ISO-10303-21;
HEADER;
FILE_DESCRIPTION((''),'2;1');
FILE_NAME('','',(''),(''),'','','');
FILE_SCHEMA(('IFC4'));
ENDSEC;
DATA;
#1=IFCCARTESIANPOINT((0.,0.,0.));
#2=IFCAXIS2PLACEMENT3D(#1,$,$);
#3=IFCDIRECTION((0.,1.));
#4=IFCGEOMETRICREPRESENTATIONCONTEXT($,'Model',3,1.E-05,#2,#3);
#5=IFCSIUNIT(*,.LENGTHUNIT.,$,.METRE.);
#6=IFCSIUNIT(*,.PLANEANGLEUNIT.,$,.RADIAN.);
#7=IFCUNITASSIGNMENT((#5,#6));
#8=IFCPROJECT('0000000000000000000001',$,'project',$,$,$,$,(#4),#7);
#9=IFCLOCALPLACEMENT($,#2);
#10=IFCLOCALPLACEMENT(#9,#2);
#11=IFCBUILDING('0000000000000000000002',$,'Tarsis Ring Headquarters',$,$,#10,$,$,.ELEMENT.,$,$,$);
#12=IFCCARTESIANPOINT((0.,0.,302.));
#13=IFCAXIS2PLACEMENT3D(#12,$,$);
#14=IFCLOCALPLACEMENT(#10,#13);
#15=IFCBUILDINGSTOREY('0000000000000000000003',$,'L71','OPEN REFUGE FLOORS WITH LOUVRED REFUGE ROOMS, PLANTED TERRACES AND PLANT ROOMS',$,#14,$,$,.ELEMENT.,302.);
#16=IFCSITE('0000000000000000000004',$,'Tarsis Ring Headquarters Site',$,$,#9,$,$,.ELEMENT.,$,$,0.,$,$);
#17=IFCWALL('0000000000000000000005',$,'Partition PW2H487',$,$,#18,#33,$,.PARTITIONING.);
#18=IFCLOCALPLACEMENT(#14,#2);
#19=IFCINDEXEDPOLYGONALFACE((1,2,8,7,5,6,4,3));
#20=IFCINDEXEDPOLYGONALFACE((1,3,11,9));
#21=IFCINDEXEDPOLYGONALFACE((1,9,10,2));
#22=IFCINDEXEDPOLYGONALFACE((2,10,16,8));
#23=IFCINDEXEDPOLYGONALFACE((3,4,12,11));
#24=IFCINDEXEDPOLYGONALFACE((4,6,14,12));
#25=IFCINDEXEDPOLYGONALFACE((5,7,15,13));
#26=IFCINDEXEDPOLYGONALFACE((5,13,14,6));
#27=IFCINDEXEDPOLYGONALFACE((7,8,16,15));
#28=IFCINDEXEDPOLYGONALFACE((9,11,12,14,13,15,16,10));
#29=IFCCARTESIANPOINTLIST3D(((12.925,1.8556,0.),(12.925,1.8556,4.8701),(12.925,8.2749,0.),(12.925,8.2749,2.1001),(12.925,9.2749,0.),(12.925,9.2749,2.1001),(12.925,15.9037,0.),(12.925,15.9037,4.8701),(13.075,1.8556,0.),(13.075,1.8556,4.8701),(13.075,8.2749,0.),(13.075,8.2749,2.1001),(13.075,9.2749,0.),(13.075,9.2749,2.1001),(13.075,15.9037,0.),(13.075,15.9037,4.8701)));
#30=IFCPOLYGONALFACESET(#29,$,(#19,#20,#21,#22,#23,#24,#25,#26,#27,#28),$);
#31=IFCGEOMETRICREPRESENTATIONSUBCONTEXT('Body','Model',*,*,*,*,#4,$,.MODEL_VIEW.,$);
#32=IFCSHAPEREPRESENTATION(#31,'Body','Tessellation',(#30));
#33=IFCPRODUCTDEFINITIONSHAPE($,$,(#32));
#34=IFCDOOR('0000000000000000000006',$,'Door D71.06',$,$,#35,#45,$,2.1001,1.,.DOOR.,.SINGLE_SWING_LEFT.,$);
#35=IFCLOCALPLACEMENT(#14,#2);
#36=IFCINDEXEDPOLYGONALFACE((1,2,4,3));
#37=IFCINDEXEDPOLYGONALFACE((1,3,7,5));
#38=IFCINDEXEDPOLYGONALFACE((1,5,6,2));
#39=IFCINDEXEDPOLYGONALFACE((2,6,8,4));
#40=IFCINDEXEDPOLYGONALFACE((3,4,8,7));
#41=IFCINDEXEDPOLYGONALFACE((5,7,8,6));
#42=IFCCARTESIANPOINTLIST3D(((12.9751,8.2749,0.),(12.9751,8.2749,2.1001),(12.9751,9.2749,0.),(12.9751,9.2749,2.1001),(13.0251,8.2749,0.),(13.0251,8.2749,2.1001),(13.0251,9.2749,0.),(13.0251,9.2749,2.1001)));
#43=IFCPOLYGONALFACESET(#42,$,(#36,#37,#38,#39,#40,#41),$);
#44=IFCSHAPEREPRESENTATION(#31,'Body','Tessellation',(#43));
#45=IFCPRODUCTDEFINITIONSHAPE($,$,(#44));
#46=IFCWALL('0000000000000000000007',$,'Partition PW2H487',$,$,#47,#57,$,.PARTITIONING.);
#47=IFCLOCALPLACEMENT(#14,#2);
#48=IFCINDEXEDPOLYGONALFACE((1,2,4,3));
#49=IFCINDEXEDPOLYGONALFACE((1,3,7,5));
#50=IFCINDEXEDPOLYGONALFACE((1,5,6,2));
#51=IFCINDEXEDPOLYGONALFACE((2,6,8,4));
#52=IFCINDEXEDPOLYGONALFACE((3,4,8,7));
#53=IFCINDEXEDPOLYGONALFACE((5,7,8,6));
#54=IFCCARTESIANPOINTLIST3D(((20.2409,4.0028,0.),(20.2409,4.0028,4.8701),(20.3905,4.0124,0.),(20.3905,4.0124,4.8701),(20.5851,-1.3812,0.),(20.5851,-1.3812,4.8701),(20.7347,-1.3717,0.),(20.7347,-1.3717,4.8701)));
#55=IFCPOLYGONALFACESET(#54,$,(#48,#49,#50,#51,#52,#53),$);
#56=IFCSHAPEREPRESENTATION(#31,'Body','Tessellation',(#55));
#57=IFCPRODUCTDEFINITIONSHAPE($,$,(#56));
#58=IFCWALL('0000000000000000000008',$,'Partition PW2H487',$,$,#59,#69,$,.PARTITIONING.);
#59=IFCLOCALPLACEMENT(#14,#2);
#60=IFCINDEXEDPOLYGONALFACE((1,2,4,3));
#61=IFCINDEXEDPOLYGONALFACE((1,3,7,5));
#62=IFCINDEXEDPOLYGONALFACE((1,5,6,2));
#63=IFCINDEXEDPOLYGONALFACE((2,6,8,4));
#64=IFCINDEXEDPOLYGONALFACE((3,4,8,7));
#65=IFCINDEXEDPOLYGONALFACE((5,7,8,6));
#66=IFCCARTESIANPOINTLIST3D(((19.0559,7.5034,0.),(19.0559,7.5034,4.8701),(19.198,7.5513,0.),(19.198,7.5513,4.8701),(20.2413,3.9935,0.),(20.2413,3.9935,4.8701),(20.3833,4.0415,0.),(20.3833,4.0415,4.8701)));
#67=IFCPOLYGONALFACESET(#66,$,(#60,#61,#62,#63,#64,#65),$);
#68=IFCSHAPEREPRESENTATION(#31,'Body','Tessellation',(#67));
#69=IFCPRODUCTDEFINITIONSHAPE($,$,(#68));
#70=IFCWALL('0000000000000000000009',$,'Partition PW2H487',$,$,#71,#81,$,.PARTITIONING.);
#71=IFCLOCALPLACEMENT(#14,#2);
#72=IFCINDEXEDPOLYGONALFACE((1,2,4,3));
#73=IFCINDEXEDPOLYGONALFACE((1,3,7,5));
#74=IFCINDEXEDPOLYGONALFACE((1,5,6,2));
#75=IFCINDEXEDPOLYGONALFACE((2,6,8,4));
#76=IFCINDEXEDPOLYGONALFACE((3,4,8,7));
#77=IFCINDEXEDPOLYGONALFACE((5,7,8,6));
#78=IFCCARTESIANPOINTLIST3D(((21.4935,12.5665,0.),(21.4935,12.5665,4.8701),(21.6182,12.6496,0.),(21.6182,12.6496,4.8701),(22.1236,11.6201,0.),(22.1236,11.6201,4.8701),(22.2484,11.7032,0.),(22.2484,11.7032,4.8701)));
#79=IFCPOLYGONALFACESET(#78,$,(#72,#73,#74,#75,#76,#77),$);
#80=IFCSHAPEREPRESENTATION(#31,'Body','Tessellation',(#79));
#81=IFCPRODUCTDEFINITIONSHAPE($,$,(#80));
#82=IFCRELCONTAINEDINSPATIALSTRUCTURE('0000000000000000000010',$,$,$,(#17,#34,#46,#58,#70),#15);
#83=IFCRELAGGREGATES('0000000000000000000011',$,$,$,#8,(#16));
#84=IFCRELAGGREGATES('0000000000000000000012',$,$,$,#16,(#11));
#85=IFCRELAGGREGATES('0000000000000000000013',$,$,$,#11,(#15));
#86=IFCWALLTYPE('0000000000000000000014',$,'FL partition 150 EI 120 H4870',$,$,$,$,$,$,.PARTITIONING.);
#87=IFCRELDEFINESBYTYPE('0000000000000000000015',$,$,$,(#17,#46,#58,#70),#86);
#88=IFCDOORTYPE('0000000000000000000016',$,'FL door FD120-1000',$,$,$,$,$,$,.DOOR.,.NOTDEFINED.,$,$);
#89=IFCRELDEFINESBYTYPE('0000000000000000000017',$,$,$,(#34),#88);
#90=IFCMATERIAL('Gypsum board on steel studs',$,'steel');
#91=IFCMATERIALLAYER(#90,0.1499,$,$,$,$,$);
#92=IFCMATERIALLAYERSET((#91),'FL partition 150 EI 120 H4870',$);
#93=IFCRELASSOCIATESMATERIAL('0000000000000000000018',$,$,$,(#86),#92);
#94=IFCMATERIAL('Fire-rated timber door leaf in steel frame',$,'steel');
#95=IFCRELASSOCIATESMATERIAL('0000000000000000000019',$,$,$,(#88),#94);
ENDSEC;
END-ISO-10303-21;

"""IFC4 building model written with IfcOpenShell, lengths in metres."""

from ifc_helpers import new_model, si_unit, direction, frame, frame_2d, origin, place, context, subcontext, project, spatial, rectangle, extrude, material, layer, layer_set, type_object, element, fill, save


model = new_model("IFC4")

# Units and contexts
model_context = context("Model", 3, precision=1e-05, world=origin(), true_north=direction((0.0, 1.0)))
body_context = subcontext(model_context, "Body", "Model", "MODEL_VIEW")
ifc_project = project(units=[si_unit("LENGTHUNIT", "METRE"), si_unit("PLANEANGLEUNIT", "RADIAN")], contexts=[model_context])

# Site, building, storey
site_placement = place(None, origin())
site = spatial("IfcSite", under=ifc_project, at=site_placement, Name="Tarsis Ring Headquarters Site", CompositionType="ELEMENT", RefElevation=0.0)
building_placement = place(site_placement, origin())
building = spatial("IfcBuilding", under=site, at=building_placement, Name="Tarsis Ring Headquarters", CompositionType="ELEMENT")
storey_placement = place(building_placement, frame((0.0, 0.0, 302.0)))
storey = spatial("IfcBuildingStorey", under=building, at=storey_placement, Name="L71", Description="OPEN REFUGE FLOORS WITH LOUVRED REFUGE ROOMS, PLANTED TERRACES AND PLANT ROOMS", CompositionType="ELEMENT", Elevation=302.0)

# Wall, opening, door
ifc_material_1 = material(Name="Gypsum board on steel studs", Category="steel")
ifc_layer = layer(ifc_material_1, 0.1499)
ifc_layer_set = layer_set([ifc_layer], Name="FL partition 150 EI 120 H4870")
wall_type = type_object("IfcWallType", Name="FL partition 150 EI 120 H4870", PredefinedType="PARTITIONING", material=ifc_layer_set)
wall_1_placement = place(storey_placement, frame((13.0, 1.8557, 0.0), z_axis=(0.0, 0.0, 1.0), x_axis=(0.0, 1.0, 0.0)))
wall_1 = element("IfcWall", 1, at=wall_1_placement, inside=storey, type_object=wall_type, Name="Partition PW2H487", PredefinedType="PARTITIONING", context=body_context, shape_type="SweptSolid", body=[
    extrude(rectangle(XDim=14.0481, YDim=0.1499, at=frame_2d((7.0239, 0.0))), origin(), (0.0, 0.0, 1.0), 4.8701),
])
opening_placement = place(wall_1_placement, frame((6.4192, 0.0, 0.0)))
opening = element("IfcOpeningElement", 2, at=opening_placement, cuts=wall_1, PredefinedType="OPENING", context=body_context, shape_type="SweptSolid", body=[
    extrude(rectangle(XDim=1.0, YDim=2.1001, at=frame_2d((0.5, 1.05))), frame((0.0, 0.085, 0.0), z_axis=(0.0, -1.0, 0.0), x_axis=(1.0, 0.0, 0.0)), (0.0, 0.0, 1.0), 0.1699),
])
ifc_material_2 = material(Name="Fire-rated timber door leaf in steel frame", Category="steel")
door_type = type_object("IfcDoorType", Name="FL door FD120-1000", OperationType="NOTDEFINED", PredefinedType="DOOR", material=ifc_material_2)
door_placement = place(opening_placement, origin())
door = element("IfcDoor", 3, at=door_placement, inside=storey, type_object=door_type, Name="Door D71.06", OperationType="SINGLE_SWING_LEFT", OverallHeight=2.1001, OverallWidth=1.0, PredefinedType="DOOR", context=body_context, shape_type="SweptSolid", body=[
    extrude(rectangle(XDim=1.0, YDim=2.1001, at=frame_2d((0.5, 1.05))), frame((0.0, 0.0249, 0.0), z_axis=(0.0, -1.0, 0.0), x_axis=(1.0, 0.0, 0.0)), (0.0, 0.0, 1.0), 0.05),
])
fill(opening, door)

# Walls
wall_2_placement = place(storey_placement, frame((20.3157, 4.0076, 0.0), z_axis=(0.0, 0.0, 1.0), x_axis=(0.063807, -0.997962, 0.0)))
element("IfcWall", 4, at=wall_2_placement, inside=storey, type_object=wall_type, Name="Partition PW2H487", PredefinedType="PARTITIONING", context=body_context, shape_type="SweptSolid", body=[
    extrude(rectangle(XDim=5.395, YDim=0.1499, at=frame_2d((2.6975, 0.0))), origin(), (0.0, 0.0, 1.0), 4.8701),
])
wall_3_placement = place(storey_placement, frame((19.127, 7.5273, 0.0), z_axis=(0.0, 0.0, 1.0), x_axis=(0.319962, -0.94743, 0.0)))
element("IfcWall", 5, at=wall_3_placement, inside=storey, type_object=wall_type, Name="Partition PW2H487", PredefinedType="PARTITIONING", context=body_context, shape_type="SweptSolid", body=[
    extrude(rectangle(XDim=3.7046, YDim=0.1499, at=frame_2d((1.8523, 0.0))), origin(), (0.0, 0.0, 1.0), 4.8701),
])
wall_4_placement = place(storey_placement, frame((21.5559, 12.6079, 0.0), z_axis=(0.0, 0.0, 1.0), x_axis=(0.554254, -0.832348, 0.0)))
element("IfcWall", 6, at=wall_4_placement, inside=storey, type_object=wall_type, Name="Partition PW2H487", PredefinedType="PARTITIONING", context=body_context, shape_type="SweptSolid", body=[
    extrude(rectangle(XDim=1.137, YDim=0.1499, at=frame_2d((0.5684, 0.0))), origin(), (0.0, 0.0, 1.0), 4.8701),
])

save(model, "model.ifc")
